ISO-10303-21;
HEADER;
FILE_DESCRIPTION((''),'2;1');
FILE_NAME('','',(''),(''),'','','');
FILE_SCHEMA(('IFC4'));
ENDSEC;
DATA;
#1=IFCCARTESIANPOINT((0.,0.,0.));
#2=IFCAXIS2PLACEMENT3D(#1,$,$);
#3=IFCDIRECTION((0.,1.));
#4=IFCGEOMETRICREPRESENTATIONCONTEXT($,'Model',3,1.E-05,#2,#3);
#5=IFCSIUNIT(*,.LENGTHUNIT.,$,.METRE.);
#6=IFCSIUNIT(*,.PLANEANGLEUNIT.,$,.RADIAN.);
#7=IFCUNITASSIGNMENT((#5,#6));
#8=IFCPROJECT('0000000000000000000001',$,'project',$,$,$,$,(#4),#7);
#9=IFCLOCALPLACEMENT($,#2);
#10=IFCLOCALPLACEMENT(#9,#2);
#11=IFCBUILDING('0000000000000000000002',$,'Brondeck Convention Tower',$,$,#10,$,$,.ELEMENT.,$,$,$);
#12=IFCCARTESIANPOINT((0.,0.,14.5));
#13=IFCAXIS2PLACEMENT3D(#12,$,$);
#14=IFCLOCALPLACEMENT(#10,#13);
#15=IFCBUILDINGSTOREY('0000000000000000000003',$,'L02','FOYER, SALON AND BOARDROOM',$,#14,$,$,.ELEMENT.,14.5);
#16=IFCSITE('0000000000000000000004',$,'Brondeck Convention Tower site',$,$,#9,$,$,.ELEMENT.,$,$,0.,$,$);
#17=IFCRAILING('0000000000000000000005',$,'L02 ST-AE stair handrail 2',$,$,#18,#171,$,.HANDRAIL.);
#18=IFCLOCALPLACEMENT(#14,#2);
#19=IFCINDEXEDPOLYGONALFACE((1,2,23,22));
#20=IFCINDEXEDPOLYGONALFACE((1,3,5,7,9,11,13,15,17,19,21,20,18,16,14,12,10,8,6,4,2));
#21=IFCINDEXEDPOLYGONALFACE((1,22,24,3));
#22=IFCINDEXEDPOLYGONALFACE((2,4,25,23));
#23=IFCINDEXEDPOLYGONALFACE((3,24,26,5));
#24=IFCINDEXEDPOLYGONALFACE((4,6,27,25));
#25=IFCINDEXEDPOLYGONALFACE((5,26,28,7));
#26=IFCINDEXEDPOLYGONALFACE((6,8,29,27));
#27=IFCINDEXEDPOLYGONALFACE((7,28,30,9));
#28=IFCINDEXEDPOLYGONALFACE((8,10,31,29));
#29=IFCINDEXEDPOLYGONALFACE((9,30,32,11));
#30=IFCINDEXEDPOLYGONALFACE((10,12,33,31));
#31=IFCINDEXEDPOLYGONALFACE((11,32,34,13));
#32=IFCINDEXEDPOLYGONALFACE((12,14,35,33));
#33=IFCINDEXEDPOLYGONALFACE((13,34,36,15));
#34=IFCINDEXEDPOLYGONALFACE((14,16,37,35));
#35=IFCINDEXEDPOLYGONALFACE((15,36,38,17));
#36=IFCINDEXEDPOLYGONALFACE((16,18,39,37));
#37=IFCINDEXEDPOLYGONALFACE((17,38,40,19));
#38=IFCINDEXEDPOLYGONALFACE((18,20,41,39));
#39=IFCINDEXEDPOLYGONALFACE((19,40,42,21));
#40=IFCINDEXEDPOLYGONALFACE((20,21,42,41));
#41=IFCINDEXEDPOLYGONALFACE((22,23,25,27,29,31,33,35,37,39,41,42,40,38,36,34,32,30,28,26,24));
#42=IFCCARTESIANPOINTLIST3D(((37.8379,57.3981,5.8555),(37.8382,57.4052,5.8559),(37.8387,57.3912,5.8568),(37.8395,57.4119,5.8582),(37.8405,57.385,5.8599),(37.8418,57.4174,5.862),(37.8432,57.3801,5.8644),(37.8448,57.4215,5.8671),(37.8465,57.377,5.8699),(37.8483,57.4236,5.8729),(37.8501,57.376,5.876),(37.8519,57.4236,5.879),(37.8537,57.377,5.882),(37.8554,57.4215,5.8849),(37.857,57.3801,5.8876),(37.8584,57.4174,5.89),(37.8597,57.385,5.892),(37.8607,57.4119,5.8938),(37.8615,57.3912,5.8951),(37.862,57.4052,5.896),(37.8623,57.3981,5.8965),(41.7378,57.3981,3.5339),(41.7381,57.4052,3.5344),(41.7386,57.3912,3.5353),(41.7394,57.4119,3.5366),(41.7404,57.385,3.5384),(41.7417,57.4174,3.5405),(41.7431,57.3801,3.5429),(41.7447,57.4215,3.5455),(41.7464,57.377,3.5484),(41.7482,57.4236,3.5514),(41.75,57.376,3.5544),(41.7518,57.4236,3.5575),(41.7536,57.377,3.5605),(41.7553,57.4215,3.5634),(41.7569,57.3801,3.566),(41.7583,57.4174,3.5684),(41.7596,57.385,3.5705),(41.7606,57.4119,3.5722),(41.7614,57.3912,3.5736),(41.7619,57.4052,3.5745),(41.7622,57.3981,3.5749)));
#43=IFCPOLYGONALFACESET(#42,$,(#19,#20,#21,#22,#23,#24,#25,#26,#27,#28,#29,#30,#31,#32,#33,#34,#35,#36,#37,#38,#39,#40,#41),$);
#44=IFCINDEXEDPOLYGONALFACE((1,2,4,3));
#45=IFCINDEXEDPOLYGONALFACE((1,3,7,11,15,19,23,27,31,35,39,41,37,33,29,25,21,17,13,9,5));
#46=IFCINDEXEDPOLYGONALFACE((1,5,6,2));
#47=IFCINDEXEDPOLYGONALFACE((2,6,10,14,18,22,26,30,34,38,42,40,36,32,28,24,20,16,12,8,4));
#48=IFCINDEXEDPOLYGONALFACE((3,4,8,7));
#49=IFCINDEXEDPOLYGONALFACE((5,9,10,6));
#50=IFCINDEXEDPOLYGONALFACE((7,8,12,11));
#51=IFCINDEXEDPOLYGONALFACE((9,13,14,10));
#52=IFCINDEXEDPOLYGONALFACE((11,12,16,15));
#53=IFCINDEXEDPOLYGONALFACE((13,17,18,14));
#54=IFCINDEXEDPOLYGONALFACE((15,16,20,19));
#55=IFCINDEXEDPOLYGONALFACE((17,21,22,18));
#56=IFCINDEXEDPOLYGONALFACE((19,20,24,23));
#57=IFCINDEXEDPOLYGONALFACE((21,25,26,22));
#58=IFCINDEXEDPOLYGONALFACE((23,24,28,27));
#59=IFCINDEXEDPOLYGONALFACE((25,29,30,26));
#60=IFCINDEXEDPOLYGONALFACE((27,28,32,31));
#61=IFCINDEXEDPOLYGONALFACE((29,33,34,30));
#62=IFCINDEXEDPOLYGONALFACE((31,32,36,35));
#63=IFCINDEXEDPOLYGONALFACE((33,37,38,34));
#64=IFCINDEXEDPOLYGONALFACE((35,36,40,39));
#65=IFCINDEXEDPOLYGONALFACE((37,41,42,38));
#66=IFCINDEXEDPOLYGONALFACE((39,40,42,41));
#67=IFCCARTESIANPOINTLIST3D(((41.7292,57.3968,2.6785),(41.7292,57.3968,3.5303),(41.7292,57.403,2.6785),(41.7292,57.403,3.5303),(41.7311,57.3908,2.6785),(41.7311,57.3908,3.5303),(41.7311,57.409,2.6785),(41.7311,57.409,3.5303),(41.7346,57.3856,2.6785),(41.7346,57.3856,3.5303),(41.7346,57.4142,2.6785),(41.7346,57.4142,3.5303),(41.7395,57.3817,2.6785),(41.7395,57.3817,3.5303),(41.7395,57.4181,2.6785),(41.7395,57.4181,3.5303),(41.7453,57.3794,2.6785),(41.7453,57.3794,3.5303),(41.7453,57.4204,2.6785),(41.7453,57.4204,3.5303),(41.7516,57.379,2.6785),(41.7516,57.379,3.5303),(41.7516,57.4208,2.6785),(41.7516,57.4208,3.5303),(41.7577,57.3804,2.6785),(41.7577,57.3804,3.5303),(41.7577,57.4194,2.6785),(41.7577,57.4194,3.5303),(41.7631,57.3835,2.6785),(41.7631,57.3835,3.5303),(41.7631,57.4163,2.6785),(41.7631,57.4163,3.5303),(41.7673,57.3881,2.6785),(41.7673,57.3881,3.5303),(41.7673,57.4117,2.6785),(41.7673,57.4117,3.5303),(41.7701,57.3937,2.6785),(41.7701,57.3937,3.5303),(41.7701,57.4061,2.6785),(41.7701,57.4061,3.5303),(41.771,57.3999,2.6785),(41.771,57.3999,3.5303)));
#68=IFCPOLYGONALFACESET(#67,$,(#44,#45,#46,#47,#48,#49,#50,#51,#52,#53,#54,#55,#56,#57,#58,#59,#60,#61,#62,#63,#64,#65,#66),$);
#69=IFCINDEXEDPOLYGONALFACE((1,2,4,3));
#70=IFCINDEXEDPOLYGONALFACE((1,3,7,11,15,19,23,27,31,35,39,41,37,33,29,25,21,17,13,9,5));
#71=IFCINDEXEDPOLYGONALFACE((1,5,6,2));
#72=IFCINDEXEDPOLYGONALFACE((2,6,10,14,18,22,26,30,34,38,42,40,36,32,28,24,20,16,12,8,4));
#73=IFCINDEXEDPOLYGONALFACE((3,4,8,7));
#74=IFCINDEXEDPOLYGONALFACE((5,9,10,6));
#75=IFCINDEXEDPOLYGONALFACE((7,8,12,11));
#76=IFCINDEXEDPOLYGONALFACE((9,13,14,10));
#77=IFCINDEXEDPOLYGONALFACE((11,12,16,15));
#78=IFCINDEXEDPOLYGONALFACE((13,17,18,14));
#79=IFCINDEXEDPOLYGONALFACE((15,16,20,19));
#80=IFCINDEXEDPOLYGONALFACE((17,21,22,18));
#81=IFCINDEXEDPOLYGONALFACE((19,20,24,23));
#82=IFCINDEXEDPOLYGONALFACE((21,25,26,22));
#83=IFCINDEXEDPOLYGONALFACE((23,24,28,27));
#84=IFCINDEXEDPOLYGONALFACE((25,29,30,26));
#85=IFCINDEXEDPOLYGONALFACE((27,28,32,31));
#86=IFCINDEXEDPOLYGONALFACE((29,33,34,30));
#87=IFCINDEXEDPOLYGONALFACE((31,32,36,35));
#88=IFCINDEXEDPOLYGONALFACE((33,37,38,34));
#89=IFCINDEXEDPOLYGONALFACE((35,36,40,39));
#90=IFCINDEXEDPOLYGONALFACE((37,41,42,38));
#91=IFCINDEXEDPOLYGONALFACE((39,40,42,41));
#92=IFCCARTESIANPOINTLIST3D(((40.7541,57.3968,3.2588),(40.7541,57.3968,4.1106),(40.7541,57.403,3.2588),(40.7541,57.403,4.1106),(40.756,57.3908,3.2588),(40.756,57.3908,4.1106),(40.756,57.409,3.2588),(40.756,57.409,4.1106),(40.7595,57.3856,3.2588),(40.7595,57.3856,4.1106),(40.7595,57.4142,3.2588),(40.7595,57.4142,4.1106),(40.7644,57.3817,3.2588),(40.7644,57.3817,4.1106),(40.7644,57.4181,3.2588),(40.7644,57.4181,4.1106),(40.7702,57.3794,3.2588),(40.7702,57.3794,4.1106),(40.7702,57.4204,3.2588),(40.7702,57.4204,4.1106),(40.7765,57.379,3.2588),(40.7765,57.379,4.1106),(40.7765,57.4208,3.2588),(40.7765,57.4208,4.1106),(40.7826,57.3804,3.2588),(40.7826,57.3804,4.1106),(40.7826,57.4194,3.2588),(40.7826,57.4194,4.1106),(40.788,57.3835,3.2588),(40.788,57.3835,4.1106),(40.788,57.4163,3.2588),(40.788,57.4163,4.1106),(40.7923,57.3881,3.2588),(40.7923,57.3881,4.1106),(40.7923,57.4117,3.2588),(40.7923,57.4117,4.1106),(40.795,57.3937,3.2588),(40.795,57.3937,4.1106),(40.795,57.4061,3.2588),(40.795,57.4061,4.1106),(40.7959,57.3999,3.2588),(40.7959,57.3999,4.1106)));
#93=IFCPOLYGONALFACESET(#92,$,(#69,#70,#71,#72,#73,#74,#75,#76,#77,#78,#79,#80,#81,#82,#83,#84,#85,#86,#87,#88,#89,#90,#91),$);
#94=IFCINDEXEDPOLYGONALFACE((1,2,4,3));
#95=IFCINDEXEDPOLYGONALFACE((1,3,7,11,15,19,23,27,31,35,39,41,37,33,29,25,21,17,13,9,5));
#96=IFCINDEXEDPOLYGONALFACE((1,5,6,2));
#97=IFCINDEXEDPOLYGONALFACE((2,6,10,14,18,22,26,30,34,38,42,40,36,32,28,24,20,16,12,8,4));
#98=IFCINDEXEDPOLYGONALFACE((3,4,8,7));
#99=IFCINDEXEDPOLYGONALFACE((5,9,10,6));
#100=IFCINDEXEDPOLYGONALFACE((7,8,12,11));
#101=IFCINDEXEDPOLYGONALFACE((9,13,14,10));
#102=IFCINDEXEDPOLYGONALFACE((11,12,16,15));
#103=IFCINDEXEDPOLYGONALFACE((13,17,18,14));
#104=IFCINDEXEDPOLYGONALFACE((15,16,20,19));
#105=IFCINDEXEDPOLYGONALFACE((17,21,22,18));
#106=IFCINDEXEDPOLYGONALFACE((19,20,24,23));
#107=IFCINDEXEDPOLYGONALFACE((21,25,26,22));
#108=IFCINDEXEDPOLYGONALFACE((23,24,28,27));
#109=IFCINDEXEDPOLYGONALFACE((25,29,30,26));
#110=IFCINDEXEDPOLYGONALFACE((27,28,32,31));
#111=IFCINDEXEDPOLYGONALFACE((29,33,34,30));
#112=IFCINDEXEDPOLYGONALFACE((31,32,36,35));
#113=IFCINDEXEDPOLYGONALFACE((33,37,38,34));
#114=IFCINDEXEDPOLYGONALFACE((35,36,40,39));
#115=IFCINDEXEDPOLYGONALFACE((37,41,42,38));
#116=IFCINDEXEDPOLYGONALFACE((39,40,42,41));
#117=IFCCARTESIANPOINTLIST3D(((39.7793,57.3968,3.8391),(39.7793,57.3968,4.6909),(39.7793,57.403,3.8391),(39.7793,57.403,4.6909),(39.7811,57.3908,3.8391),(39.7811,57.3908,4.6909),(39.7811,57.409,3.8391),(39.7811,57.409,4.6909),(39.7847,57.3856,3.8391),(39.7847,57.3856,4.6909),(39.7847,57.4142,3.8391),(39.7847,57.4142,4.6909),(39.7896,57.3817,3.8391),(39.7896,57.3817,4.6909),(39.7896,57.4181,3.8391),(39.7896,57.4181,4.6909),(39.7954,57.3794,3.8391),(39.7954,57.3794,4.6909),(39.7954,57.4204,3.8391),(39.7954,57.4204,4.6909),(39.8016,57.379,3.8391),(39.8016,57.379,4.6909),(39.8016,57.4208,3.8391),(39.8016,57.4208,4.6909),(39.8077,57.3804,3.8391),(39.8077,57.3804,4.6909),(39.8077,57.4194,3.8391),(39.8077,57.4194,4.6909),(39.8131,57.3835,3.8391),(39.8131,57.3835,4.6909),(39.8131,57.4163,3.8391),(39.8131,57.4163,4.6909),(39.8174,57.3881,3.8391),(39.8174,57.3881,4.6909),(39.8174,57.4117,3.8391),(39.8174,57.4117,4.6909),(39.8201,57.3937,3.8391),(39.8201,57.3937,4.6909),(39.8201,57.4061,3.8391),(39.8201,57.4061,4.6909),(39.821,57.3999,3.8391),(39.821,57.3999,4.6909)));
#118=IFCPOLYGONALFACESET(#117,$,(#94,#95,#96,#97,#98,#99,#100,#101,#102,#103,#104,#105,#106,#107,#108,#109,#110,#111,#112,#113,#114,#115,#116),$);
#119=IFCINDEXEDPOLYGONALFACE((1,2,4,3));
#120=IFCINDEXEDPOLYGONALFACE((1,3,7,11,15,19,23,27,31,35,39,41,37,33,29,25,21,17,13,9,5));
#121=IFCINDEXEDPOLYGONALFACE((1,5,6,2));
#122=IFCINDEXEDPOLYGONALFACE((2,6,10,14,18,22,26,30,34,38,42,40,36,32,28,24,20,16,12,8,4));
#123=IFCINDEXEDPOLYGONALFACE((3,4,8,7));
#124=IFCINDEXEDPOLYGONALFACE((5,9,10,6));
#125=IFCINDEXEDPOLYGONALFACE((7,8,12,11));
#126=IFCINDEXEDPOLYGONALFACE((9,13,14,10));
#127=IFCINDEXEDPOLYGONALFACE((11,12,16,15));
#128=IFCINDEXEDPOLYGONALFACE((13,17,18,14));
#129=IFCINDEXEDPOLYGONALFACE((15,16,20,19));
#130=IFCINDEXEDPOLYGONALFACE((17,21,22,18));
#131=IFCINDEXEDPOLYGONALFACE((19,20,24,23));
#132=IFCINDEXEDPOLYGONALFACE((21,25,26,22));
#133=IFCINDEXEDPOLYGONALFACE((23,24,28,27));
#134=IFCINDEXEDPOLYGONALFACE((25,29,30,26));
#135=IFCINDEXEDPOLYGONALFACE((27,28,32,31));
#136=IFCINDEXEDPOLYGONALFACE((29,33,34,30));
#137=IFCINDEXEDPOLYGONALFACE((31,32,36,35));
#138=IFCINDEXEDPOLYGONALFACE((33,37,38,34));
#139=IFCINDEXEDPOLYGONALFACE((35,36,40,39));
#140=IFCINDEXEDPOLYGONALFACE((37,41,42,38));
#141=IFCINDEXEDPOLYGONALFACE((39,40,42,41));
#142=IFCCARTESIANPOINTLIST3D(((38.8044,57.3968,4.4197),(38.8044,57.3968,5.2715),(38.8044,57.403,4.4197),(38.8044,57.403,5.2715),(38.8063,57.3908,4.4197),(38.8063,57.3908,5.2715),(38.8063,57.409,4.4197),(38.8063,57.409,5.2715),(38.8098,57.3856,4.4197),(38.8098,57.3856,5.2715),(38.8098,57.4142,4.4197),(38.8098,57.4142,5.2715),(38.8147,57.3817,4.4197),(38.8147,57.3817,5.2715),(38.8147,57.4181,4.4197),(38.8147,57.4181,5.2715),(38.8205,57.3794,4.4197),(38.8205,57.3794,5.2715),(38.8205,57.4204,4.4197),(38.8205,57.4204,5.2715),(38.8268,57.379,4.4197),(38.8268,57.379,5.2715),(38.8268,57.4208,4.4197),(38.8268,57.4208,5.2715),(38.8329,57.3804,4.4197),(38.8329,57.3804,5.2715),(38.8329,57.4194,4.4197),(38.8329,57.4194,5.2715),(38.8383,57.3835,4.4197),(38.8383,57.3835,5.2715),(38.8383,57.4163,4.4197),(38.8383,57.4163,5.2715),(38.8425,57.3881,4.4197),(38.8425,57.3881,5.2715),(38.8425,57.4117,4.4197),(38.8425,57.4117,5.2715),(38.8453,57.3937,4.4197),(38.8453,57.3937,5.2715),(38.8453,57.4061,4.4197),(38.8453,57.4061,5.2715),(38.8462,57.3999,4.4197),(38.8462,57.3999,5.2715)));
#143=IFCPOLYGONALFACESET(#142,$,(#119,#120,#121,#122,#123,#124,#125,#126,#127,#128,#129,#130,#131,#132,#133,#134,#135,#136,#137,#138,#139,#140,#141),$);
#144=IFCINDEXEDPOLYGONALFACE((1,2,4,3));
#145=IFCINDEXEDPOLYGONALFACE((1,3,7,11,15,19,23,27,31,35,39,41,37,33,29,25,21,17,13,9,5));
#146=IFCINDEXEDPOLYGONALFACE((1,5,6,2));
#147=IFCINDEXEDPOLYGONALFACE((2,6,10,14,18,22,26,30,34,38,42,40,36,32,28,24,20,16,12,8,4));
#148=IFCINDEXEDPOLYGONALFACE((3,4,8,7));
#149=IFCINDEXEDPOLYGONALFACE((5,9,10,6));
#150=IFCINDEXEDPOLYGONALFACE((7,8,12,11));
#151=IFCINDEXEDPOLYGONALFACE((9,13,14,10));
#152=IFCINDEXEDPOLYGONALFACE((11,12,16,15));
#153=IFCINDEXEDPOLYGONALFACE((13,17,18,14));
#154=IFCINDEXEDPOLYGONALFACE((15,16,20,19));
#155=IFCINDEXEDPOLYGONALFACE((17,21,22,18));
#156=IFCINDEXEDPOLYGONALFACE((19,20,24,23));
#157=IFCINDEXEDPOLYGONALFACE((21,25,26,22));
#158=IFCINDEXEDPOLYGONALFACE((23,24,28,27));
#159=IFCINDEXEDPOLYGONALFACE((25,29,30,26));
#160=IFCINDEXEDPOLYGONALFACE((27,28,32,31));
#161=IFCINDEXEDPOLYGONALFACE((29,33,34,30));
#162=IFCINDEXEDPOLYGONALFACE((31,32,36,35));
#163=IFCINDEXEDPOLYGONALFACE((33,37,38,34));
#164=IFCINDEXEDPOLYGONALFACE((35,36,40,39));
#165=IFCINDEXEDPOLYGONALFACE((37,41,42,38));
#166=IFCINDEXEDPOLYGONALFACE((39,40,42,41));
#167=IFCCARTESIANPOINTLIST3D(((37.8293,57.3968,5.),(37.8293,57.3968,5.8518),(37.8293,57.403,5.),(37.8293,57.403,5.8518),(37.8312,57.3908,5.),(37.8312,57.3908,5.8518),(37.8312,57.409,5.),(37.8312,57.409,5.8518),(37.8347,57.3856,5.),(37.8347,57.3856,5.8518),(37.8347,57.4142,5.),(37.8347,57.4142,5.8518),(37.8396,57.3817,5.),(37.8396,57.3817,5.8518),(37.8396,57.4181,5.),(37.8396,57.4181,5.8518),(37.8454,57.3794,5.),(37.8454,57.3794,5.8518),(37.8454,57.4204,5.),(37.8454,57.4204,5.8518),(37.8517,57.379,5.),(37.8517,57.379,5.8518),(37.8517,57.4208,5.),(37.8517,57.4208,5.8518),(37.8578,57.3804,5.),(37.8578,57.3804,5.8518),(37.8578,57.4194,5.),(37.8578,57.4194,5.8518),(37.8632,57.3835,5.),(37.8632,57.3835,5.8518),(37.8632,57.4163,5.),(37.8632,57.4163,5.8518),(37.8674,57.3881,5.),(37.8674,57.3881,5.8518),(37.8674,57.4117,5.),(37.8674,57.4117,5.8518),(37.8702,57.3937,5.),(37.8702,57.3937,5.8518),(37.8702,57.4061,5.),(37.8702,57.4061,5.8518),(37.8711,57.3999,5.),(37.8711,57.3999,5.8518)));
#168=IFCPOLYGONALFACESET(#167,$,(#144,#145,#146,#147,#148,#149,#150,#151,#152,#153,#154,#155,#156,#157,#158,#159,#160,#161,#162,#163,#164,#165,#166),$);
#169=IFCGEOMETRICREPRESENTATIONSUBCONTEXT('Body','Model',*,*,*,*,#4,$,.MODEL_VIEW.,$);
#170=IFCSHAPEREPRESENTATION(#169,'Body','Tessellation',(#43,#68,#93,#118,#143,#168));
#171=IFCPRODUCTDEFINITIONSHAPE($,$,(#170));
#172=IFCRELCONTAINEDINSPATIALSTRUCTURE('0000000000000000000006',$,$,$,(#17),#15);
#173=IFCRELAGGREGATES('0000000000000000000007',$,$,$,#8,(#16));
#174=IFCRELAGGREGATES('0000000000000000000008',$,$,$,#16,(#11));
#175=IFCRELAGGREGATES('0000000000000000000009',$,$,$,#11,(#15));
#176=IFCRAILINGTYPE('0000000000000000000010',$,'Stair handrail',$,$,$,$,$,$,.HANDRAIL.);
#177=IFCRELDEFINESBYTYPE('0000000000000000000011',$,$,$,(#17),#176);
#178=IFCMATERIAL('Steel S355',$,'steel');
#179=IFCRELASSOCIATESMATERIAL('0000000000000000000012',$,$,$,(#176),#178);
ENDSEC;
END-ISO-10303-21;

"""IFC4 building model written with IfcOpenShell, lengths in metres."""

from ifc_helpers import new_model, si_unit, direction, frame, origin, origin_2d, place, context, subcontext, project, spatial, circle, extrude, material, type_object, element, save


model = new_model("IFC4")

# Units and contexts
model_context = context("Model", 3, precision=1e-05, world=origin(), true_north=direction((0.0, 1.0)))
body_context = subcontext(model_context, "Body", "Model", "MODEL_VIEW")
ifc_project = project(units=[si_unit("LENGTHUNIT", "METRE"), si_unit("PLANEANGLEUNIT", "RADIAN")], contexts=[model_context])

# Site, building, storey
site_placement = place(None, origin())
site = spatial("IfcSite", under=ifc_project, at=site_placement, Name="Brondeck Convention Tower site", CompositionType="ELEMENT", RefElevation=0.0)
building_placement = place(site_placement, origin())
building = spatial("IfcBuilding", under=site, at=building_placement, Name="Brondeck Convention Tower", CompositionType="ELEMENT")
storey_placement = place(building_placement, frame((0.0, 0.0, 14.5)))
storey = spatial("IfcBuildingStorey", under=building, at=storey_placement, Name="L02", Description="FOYER, SALON AND BOARDROOM", CompositionType="ELEMENT", Elevation=14.5)

# Shared definitions
ifc_material_1 = material(Name="Steel S355", Category="steel")

# Railing
railing_type_1 = type_object("IfcRailingType", Name="Stair handrail", PredefinedType="HANDRAIL", material=ifc_material_1)
railing_1_placement = place(storey_placement, frame((41.75, 57.3999, 2.6785)))
element("IfcRailing", 1, at=railing_1_placement, inside=storey, type_object=railing_type_1, Name="L02 ST-AE stair handrail 2", PredefinedType="HANDRAIL", context=body_context, shape_type="SweptSolid", body=[
    extrude(circle(Radius=0.0239, at=origin_2d()), frame((0.0, 0.0, 0.876), z_axis=(-0.859277, 0.0, 0.51151), x_axis=(0.0, -1.0, 0.0)), (0.0, 0.0, 1.0), 4.5386),
    extrude(circle(Radius=0.021, at=origin_2d()), origin(), (0.0, 0.0, 1.0), 0.8518),
    extrude(circle(Radius=0.021, at=origin_2d()), frame((-0.9751, 0.0, 0.5803)), (0.0, 0.0, 1.0), 0.8518),
    extrude(circle(Radius=0.021, at=origin_2d()), frame((-1.95, 0.0, 1.1606)), (0.0, 0.0, 1.0), 0.8518),
    extrude(circle(Radius=0.021, at=origin_2d()), frame((-2.9248, 0.0, 1.7412)), (0.0, 0.0, 1.0), 0.8518),
    extrude(circle(Radius=0.021, at=origin_2d()), frame((-3.8999, 0.0, 2.3215)), (0.0, 0.0, 1.0), 0.8518),
])

save(model, "model.ifc")
